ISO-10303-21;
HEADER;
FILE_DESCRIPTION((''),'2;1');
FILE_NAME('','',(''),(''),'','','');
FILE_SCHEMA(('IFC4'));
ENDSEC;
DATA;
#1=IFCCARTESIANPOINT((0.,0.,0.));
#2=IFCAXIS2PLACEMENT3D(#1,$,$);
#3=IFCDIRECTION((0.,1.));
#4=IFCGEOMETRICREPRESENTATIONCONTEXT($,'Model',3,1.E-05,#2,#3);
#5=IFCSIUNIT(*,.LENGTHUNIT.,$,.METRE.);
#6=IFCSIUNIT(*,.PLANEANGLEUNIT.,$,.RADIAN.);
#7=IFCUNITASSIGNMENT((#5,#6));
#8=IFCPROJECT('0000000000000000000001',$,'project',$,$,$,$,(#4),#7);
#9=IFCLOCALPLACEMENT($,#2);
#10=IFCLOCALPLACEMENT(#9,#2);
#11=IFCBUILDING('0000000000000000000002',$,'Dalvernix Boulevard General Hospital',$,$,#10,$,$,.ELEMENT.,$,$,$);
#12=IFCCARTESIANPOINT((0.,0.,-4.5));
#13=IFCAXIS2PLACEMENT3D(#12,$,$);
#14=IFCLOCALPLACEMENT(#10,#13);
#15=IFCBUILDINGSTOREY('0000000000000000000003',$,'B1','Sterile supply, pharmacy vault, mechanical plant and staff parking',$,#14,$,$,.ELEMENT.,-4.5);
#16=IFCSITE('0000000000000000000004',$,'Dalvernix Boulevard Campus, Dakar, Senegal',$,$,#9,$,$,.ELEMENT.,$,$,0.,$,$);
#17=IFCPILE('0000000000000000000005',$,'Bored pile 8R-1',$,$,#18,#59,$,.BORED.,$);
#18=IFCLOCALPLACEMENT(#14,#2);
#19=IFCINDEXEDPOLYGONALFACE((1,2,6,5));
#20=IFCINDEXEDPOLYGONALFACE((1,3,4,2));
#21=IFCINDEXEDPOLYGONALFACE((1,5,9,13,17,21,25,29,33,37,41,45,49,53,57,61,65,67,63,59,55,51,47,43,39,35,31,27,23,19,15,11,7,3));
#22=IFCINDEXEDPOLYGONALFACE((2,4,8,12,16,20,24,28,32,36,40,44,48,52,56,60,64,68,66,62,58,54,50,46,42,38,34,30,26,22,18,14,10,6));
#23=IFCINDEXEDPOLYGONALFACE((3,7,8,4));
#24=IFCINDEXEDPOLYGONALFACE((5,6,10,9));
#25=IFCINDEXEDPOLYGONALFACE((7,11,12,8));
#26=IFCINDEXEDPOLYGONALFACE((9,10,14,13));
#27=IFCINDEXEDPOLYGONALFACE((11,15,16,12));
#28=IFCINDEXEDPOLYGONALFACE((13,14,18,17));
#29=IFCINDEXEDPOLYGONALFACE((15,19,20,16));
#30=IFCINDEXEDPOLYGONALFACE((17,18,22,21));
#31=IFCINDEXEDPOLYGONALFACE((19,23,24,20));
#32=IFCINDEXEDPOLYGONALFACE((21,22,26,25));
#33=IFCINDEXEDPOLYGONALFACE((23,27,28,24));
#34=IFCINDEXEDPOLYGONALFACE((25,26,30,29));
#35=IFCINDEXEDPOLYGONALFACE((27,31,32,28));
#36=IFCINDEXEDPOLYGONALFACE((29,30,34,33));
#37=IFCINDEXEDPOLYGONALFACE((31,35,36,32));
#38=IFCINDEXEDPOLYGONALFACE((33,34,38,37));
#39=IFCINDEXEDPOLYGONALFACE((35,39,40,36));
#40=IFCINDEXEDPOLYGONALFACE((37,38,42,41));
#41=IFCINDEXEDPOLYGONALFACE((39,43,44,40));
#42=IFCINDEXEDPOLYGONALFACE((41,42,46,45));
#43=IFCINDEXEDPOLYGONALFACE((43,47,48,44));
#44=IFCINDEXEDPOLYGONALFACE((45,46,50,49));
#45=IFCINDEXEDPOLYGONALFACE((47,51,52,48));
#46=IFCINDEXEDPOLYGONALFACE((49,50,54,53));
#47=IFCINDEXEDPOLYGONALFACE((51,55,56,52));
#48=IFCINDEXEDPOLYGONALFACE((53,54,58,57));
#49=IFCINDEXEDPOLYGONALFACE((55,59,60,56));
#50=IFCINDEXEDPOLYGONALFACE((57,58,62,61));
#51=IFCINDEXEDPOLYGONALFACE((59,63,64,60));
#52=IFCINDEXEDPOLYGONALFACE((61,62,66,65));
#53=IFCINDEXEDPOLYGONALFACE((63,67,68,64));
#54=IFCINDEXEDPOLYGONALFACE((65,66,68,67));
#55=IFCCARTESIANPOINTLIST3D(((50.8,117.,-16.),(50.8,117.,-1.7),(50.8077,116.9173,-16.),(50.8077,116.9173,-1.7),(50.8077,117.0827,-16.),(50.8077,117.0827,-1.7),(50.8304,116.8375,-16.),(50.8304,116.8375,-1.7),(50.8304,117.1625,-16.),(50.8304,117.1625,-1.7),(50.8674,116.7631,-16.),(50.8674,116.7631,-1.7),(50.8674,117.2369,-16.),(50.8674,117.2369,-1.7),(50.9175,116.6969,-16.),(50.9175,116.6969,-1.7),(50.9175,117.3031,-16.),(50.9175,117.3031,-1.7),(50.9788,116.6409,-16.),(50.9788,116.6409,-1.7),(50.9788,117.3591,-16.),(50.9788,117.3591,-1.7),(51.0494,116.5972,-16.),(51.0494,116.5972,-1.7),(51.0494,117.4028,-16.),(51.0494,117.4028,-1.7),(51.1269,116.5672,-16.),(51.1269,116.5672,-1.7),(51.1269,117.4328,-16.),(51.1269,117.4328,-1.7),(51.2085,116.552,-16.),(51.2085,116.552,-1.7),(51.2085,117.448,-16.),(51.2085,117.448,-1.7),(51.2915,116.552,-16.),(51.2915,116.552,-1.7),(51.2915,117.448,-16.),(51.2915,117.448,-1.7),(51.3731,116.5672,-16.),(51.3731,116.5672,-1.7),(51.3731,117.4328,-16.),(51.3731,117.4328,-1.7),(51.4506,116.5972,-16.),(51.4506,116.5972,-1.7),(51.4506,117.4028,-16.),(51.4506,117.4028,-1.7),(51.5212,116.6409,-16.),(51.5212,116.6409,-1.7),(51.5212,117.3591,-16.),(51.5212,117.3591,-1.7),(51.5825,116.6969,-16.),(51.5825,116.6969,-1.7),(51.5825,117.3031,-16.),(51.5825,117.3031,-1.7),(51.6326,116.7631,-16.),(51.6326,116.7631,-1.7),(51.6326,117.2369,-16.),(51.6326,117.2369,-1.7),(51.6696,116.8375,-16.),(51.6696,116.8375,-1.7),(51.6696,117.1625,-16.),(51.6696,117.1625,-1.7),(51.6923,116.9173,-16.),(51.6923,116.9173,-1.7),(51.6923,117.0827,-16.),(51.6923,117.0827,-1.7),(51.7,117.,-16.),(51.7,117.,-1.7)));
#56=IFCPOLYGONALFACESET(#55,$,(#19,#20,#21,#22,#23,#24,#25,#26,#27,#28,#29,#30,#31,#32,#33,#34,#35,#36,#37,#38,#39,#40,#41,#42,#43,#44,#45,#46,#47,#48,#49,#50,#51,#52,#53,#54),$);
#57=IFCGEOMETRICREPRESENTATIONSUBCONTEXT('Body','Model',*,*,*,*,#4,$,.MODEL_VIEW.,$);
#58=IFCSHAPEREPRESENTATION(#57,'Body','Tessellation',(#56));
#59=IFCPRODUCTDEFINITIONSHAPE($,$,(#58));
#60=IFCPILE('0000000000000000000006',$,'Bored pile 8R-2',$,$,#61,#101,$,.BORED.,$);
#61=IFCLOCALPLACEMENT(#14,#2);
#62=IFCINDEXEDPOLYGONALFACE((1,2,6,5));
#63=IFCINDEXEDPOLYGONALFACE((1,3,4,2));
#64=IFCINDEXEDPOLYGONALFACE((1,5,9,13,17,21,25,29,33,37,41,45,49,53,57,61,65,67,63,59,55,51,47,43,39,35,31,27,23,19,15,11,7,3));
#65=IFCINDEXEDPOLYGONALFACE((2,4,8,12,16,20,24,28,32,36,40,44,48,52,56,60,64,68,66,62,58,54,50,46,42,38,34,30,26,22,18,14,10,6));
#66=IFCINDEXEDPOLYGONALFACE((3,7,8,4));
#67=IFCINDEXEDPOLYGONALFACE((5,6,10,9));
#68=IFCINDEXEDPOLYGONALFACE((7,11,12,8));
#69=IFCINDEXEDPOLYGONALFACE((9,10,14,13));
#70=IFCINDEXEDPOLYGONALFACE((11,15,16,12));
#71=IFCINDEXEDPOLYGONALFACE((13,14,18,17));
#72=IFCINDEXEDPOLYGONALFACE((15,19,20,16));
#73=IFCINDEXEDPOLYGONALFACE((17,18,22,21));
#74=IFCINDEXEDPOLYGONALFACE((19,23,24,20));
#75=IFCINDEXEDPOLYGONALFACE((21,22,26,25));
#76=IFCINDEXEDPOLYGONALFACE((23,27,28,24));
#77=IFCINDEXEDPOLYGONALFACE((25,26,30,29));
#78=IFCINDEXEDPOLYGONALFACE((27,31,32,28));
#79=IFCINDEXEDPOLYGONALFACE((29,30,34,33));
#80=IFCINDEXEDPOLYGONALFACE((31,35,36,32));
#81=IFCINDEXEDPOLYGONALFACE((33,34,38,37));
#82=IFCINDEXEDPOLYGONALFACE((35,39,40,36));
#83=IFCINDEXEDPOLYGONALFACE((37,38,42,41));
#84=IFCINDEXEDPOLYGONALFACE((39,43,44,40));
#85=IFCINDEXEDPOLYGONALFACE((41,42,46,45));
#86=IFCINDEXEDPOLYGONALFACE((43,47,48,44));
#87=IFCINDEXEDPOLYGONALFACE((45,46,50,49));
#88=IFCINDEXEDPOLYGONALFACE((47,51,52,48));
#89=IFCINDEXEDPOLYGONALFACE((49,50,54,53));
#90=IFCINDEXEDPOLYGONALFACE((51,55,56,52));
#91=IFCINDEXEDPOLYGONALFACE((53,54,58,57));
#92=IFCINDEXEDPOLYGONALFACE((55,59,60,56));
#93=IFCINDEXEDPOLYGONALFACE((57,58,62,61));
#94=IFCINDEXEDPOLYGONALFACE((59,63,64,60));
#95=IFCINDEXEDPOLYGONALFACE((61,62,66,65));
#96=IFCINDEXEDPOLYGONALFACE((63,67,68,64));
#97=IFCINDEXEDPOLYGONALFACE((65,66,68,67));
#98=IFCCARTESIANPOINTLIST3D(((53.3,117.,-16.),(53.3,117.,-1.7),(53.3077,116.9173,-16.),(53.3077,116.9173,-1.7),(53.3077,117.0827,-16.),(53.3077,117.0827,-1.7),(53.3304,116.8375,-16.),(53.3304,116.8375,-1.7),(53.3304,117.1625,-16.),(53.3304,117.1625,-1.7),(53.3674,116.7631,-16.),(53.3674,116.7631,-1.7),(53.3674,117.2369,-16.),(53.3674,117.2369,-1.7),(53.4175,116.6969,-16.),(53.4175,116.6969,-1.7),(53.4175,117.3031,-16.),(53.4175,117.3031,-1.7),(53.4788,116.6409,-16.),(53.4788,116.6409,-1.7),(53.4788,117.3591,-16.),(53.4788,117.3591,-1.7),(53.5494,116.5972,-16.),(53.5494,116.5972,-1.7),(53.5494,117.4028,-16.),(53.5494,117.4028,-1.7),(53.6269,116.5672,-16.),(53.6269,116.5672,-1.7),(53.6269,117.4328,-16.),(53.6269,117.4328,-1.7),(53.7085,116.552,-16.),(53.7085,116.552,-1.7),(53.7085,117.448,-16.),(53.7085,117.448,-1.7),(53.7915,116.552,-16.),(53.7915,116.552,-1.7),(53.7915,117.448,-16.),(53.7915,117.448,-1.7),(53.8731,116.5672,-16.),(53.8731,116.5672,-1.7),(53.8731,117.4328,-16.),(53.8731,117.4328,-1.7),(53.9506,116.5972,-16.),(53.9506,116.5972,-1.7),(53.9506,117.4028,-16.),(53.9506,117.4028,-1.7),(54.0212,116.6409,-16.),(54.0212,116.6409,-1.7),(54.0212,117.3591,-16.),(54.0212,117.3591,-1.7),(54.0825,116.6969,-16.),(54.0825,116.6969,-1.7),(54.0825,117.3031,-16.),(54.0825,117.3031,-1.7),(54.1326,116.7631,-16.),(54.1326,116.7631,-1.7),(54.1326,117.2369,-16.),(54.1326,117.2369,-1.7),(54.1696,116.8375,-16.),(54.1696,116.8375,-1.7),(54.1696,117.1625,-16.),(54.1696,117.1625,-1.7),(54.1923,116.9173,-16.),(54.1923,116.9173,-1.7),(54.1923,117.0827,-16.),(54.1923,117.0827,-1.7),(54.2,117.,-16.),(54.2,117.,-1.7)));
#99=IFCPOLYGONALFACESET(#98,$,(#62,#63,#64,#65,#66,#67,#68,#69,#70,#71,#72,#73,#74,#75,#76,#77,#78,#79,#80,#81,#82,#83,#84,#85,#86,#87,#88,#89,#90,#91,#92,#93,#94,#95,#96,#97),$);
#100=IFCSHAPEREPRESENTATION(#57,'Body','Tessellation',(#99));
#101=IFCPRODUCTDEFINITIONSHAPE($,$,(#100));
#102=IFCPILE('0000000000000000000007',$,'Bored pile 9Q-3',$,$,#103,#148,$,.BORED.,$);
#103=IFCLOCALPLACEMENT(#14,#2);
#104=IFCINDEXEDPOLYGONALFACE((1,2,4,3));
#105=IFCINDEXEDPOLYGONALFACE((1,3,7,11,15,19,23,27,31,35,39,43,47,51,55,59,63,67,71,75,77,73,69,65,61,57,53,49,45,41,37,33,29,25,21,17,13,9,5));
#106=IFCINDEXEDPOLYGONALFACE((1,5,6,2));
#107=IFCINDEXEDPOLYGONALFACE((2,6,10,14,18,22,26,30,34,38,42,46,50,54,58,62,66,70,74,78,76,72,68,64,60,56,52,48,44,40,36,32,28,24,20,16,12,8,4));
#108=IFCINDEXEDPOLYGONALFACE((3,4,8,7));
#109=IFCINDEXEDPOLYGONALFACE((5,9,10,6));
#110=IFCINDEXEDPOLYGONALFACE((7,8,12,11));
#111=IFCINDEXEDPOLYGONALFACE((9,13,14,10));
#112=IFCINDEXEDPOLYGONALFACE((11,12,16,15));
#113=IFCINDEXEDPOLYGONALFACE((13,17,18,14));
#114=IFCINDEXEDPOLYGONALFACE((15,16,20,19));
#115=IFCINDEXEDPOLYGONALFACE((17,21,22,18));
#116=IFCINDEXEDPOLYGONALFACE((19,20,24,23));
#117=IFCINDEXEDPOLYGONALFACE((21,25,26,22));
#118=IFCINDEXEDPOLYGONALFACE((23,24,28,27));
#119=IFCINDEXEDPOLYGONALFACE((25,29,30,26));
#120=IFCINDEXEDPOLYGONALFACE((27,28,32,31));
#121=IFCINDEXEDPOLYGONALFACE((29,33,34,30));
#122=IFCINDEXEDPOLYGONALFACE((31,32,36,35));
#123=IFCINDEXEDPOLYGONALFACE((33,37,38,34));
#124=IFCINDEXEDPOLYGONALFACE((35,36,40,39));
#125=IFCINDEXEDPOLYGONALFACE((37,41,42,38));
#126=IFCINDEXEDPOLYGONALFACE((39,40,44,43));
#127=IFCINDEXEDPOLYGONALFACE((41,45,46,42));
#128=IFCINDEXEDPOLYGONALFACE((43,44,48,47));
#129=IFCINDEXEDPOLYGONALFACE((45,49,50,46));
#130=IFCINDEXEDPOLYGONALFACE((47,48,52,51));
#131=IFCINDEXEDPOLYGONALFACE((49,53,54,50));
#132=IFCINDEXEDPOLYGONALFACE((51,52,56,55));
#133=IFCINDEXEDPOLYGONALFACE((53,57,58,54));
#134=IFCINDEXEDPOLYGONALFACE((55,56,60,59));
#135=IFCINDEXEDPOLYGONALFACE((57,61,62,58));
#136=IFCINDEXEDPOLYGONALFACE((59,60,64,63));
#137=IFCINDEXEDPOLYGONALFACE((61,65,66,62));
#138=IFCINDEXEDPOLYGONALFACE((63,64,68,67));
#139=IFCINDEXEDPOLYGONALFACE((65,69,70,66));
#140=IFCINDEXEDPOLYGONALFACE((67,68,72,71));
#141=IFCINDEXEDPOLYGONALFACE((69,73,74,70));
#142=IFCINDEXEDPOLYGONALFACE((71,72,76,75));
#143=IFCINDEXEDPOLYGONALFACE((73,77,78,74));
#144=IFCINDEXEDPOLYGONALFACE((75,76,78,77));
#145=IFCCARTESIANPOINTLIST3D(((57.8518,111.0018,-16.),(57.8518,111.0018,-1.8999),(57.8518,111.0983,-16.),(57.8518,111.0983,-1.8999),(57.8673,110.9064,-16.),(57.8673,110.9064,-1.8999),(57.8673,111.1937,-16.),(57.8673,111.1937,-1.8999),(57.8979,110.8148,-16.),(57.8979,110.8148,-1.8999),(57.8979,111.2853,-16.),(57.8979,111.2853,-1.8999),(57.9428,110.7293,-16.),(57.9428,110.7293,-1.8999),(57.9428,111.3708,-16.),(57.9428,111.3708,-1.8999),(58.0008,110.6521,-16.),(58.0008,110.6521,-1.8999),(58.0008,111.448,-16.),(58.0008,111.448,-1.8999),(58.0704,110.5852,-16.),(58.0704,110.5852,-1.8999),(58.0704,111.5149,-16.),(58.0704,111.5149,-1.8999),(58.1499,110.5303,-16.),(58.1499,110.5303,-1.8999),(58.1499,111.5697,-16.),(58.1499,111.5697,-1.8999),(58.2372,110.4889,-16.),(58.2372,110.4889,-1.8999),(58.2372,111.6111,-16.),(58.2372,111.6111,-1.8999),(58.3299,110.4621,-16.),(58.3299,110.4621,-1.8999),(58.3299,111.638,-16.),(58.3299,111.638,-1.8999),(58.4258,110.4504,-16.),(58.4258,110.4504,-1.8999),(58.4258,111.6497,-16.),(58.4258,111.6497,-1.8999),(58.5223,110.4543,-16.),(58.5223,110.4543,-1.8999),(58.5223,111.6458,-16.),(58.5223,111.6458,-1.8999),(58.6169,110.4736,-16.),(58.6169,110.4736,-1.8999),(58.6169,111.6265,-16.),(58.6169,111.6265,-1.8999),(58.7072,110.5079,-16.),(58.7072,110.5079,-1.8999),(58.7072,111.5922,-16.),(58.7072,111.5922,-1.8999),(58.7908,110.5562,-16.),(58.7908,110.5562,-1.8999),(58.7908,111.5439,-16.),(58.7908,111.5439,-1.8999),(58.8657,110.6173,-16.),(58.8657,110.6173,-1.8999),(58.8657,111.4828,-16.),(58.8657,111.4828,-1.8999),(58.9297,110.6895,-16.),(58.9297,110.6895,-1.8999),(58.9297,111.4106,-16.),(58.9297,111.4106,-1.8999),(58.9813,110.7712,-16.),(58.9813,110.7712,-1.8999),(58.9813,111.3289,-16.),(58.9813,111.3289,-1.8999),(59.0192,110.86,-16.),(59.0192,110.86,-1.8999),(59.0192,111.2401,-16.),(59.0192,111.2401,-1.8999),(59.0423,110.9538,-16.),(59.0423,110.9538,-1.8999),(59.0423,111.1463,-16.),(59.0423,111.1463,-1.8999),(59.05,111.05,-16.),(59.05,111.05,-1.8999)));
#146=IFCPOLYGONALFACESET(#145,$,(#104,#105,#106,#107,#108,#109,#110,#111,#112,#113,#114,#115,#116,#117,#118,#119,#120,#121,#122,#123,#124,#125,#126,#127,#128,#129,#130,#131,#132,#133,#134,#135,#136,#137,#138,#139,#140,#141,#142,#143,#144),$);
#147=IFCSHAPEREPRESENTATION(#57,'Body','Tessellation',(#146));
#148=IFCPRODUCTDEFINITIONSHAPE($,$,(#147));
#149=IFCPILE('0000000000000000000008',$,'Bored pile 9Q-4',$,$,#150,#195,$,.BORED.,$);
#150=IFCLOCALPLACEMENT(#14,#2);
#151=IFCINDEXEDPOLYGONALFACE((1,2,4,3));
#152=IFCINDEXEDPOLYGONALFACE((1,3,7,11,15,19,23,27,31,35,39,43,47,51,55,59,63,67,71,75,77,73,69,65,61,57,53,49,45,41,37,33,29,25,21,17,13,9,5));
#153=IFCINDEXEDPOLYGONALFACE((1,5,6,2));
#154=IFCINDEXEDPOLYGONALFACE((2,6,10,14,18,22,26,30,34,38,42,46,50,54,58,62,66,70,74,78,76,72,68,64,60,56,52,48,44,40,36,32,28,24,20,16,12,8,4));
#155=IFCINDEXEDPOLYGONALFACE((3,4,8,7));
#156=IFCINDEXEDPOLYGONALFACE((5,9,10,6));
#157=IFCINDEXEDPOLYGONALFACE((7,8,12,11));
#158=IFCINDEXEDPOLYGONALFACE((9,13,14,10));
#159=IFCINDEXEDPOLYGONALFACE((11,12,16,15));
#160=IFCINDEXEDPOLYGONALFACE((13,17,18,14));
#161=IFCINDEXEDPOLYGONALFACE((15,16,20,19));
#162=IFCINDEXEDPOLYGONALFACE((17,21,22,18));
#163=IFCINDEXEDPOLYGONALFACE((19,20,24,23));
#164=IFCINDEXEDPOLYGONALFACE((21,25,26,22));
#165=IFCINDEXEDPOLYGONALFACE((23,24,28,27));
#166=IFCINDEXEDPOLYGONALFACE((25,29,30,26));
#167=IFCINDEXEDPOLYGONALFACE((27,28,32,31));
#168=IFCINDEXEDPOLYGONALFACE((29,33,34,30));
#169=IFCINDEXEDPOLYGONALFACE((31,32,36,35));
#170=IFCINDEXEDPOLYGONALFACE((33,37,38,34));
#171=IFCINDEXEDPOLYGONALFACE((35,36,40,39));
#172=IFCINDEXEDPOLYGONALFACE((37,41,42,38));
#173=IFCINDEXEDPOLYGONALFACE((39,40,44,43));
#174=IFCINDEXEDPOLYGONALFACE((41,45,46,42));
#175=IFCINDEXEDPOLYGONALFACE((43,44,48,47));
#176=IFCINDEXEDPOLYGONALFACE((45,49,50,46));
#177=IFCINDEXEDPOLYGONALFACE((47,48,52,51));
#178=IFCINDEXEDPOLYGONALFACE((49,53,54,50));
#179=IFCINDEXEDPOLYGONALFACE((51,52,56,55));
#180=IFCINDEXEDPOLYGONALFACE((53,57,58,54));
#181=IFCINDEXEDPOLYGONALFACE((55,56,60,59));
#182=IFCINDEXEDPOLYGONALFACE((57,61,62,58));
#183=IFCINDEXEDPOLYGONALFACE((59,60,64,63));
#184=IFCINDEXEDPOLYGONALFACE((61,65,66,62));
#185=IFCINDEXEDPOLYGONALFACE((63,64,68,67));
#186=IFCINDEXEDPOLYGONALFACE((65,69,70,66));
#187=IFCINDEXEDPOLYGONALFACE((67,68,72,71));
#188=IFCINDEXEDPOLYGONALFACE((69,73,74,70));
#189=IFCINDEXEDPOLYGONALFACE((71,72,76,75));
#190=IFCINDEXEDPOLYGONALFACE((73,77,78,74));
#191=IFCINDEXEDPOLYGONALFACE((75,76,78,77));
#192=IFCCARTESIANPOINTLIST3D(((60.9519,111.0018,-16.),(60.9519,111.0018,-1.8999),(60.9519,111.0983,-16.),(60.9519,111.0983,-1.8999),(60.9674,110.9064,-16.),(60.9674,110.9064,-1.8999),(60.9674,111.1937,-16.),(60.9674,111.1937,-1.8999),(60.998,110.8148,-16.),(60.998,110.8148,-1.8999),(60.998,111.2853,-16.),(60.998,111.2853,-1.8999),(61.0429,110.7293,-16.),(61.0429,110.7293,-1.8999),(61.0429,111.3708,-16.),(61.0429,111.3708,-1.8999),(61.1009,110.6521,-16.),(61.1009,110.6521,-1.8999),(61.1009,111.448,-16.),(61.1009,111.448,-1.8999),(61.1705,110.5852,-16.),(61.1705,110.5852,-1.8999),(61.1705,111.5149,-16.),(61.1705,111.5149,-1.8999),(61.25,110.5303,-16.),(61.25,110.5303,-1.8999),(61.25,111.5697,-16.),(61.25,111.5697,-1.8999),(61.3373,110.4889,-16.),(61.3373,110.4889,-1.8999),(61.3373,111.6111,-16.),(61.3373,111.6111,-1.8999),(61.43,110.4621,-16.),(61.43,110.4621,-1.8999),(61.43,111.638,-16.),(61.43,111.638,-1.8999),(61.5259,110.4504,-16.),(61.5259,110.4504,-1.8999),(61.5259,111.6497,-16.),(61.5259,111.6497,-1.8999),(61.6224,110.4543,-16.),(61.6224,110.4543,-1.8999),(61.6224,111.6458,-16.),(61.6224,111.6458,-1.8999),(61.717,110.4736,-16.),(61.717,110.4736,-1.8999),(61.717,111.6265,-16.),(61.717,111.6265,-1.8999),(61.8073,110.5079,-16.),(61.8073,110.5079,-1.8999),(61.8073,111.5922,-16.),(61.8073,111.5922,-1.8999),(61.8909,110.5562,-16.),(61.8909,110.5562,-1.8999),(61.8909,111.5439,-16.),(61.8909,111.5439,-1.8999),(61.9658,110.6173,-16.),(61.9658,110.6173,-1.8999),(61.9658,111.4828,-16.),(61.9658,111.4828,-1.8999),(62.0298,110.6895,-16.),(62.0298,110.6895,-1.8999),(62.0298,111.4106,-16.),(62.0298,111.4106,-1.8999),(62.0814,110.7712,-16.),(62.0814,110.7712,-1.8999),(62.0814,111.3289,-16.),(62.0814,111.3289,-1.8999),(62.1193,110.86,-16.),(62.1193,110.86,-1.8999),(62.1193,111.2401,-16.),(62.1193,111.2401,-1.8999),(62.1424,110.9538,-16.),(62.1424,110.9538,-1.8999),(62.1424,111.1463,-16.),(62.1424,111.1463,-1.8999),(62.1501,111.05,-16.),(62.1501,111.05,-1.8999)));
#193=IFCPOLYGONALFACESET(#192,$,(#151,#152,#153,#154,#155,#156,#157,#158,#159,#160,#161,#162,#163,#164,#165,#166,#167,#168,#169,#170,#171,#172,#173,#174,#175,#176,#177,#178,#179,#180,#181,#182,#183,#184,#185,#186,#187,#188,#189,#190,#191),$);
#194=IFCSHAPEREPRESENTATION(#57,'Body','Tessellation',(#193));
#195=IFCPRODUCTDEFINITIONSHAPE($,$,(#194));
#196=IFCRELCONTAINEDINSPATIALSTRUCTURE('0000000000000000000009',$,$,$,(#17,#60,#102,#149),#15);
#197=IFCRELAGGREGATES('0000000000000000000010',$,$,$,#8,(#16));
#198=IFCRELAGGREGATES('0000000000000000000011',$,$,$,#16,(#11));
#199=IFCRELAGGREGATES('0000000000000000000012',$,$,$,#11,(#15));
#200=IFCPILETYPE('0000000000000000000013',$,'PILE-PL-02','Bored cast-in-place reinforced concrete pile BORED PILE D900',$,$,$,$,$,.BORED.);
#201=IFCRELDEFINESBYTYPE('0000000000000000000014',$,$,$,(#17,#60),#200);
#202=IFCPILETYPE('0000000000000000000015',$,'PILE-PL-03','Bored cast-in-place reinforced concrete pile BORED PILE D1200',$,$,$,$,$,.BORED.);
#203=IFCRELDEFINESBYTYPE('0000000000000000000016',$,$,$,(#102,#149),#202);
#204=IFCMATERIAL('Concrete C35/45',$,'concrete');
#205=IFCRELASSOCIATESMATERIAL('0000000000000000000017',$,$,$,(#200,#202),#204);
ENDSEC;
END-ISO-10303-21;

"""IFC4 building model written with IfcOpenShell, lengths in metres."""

from ifc_helpers import new_model, si_unit, direction, frame, origin, origin_2d, place, context, subcontext, project, spatial, circle, extrude, material, material_profile, profile_set, type_object, element, save


model = new_model("IFC4")

# Units and contexts
model_context = context("Model", 3, precision=1e-05, world=origin(), true_north=direction((0.0, 1.0)))
body_context = subcontext(model_context, "Body", "Model", "MODEL_VIEW")
ifc_project = project(units=[si_unit("LENGTHUNIT", "METRE"), si_unit("PLANEANGLEUNIT", "RADIAN")], contexts=[model_context])

# Site, building, storey
site_placement = place(None, origin())
site = spatial("IfcSite", under=ifc_project, at=site_placement, Name="Dalvernix Boulevard Campus, Dakar, Senegal", CompositionType="ELEMENT", RefElevation=0.0)
building_placement = place(site_placement, origin())
building = spatial("IfcBuilding", under=site, at=building_placement, Name="Dalvernix Boulevard General Hospital", CompositionType="ELEMENT")
storey_placement = place(building_placement, frame((0.0, 0.0, -4.5)))
storey = spatial("IfcBuildingStorey", under=building, at=storey_placement, Name="B1", Description="Sterile supply, pharmacy vault, mechanical plant and staff parking", CompositionType="ELEMENT", Elevation=-4.5)

# Shared definitions
ifc_material_1 = material(Name="Concrete C35/45", Category="concrete")

# Piles
ifc_material_profile_1 = material_profile(ifc_material_1, circle(Radius=0.45, at=origin_2d()), Name="BORED PILE D900")
ifc_profile_set_1 = profile_set([ifc_material_profile_1], Name="Concrete C35/45")
pile_type_1 = type_object("IfcPileType", Name="PILE-PL-02", Description="Bored cast-in-place reinforced concrete pile BORED PILE D900", PredefinedType="BORED", material=ifc_profile_set_1)
for number, where, z_axis, x_axis, name in (
    (1, (51.25, 117.0, -1.7), (0.0, 0.0, -1.0), (1.0, 0.0, 0.0), "Bored pile 8R-1"),
    (2, (53.75, 117.0, -1.7), (0.0, 0.0, -1.0), (1.0, 0.0, 0.0), "Bored pile 8R-2"),
):
    element("IfcPile", number, at=place(storey_placement, frame(where, z_axis=z_axis, x_axis=x_axis)), inside=storey, type_object=pile_type_1, Name=name, PredefinedType="BORED", context=body_context, shape_type="SweptSolid", body=[
        extrude(circle(Radius=0.45, at=origin_2d()), origin(), (0.0, 0.0, 1.0), 14.3),
    ])
ifc_material_profile_2 = material_profile(ifc_material_1, circle(Radius=0.6001, at=origin_2d()), Name="BORED PILE D1200")
ifc_profile_set_2 = profile_set([ifc_material_profile_2], Name="Concrete C35/45")
pile_type_2 = type_object("IfcPileType", Name="PILE-PL-03", Description="Bored cast-in-place reinforced concrete pile BORED PILE D1200", PredefinedType="BORED", material=ifc_profile_set_2)
for number, where, z_axis, x_axis, name in (
    (3, (58.45, 111.05, -1.8999), (0.0, 0.0, -1.0), (1.0, 0.0, 0.0), "Bored pile 9Q-3"),
    (4, (61.55, 111.05, -1.8999), (0.0, 0.0, -1.0), (1.0, 0.0, 0.0), "Bored pile 9Q-4"),
):
    element("IfcPile", number, at=place(storey_placement, frame(where, z_axis=z_axis, x_axis=x_axis)), inside=storey, type_object=pile_type_2, Name=name, PredefinedType="BORED", context=body_context, shape_type="SweptSolid", body=[
        extrude(circle(Radius=0.6001, at=origin_2d()), origin(), (0.0, 0.0, 1.0), 14.1001),
    ])

save(model, "model.ifc")
